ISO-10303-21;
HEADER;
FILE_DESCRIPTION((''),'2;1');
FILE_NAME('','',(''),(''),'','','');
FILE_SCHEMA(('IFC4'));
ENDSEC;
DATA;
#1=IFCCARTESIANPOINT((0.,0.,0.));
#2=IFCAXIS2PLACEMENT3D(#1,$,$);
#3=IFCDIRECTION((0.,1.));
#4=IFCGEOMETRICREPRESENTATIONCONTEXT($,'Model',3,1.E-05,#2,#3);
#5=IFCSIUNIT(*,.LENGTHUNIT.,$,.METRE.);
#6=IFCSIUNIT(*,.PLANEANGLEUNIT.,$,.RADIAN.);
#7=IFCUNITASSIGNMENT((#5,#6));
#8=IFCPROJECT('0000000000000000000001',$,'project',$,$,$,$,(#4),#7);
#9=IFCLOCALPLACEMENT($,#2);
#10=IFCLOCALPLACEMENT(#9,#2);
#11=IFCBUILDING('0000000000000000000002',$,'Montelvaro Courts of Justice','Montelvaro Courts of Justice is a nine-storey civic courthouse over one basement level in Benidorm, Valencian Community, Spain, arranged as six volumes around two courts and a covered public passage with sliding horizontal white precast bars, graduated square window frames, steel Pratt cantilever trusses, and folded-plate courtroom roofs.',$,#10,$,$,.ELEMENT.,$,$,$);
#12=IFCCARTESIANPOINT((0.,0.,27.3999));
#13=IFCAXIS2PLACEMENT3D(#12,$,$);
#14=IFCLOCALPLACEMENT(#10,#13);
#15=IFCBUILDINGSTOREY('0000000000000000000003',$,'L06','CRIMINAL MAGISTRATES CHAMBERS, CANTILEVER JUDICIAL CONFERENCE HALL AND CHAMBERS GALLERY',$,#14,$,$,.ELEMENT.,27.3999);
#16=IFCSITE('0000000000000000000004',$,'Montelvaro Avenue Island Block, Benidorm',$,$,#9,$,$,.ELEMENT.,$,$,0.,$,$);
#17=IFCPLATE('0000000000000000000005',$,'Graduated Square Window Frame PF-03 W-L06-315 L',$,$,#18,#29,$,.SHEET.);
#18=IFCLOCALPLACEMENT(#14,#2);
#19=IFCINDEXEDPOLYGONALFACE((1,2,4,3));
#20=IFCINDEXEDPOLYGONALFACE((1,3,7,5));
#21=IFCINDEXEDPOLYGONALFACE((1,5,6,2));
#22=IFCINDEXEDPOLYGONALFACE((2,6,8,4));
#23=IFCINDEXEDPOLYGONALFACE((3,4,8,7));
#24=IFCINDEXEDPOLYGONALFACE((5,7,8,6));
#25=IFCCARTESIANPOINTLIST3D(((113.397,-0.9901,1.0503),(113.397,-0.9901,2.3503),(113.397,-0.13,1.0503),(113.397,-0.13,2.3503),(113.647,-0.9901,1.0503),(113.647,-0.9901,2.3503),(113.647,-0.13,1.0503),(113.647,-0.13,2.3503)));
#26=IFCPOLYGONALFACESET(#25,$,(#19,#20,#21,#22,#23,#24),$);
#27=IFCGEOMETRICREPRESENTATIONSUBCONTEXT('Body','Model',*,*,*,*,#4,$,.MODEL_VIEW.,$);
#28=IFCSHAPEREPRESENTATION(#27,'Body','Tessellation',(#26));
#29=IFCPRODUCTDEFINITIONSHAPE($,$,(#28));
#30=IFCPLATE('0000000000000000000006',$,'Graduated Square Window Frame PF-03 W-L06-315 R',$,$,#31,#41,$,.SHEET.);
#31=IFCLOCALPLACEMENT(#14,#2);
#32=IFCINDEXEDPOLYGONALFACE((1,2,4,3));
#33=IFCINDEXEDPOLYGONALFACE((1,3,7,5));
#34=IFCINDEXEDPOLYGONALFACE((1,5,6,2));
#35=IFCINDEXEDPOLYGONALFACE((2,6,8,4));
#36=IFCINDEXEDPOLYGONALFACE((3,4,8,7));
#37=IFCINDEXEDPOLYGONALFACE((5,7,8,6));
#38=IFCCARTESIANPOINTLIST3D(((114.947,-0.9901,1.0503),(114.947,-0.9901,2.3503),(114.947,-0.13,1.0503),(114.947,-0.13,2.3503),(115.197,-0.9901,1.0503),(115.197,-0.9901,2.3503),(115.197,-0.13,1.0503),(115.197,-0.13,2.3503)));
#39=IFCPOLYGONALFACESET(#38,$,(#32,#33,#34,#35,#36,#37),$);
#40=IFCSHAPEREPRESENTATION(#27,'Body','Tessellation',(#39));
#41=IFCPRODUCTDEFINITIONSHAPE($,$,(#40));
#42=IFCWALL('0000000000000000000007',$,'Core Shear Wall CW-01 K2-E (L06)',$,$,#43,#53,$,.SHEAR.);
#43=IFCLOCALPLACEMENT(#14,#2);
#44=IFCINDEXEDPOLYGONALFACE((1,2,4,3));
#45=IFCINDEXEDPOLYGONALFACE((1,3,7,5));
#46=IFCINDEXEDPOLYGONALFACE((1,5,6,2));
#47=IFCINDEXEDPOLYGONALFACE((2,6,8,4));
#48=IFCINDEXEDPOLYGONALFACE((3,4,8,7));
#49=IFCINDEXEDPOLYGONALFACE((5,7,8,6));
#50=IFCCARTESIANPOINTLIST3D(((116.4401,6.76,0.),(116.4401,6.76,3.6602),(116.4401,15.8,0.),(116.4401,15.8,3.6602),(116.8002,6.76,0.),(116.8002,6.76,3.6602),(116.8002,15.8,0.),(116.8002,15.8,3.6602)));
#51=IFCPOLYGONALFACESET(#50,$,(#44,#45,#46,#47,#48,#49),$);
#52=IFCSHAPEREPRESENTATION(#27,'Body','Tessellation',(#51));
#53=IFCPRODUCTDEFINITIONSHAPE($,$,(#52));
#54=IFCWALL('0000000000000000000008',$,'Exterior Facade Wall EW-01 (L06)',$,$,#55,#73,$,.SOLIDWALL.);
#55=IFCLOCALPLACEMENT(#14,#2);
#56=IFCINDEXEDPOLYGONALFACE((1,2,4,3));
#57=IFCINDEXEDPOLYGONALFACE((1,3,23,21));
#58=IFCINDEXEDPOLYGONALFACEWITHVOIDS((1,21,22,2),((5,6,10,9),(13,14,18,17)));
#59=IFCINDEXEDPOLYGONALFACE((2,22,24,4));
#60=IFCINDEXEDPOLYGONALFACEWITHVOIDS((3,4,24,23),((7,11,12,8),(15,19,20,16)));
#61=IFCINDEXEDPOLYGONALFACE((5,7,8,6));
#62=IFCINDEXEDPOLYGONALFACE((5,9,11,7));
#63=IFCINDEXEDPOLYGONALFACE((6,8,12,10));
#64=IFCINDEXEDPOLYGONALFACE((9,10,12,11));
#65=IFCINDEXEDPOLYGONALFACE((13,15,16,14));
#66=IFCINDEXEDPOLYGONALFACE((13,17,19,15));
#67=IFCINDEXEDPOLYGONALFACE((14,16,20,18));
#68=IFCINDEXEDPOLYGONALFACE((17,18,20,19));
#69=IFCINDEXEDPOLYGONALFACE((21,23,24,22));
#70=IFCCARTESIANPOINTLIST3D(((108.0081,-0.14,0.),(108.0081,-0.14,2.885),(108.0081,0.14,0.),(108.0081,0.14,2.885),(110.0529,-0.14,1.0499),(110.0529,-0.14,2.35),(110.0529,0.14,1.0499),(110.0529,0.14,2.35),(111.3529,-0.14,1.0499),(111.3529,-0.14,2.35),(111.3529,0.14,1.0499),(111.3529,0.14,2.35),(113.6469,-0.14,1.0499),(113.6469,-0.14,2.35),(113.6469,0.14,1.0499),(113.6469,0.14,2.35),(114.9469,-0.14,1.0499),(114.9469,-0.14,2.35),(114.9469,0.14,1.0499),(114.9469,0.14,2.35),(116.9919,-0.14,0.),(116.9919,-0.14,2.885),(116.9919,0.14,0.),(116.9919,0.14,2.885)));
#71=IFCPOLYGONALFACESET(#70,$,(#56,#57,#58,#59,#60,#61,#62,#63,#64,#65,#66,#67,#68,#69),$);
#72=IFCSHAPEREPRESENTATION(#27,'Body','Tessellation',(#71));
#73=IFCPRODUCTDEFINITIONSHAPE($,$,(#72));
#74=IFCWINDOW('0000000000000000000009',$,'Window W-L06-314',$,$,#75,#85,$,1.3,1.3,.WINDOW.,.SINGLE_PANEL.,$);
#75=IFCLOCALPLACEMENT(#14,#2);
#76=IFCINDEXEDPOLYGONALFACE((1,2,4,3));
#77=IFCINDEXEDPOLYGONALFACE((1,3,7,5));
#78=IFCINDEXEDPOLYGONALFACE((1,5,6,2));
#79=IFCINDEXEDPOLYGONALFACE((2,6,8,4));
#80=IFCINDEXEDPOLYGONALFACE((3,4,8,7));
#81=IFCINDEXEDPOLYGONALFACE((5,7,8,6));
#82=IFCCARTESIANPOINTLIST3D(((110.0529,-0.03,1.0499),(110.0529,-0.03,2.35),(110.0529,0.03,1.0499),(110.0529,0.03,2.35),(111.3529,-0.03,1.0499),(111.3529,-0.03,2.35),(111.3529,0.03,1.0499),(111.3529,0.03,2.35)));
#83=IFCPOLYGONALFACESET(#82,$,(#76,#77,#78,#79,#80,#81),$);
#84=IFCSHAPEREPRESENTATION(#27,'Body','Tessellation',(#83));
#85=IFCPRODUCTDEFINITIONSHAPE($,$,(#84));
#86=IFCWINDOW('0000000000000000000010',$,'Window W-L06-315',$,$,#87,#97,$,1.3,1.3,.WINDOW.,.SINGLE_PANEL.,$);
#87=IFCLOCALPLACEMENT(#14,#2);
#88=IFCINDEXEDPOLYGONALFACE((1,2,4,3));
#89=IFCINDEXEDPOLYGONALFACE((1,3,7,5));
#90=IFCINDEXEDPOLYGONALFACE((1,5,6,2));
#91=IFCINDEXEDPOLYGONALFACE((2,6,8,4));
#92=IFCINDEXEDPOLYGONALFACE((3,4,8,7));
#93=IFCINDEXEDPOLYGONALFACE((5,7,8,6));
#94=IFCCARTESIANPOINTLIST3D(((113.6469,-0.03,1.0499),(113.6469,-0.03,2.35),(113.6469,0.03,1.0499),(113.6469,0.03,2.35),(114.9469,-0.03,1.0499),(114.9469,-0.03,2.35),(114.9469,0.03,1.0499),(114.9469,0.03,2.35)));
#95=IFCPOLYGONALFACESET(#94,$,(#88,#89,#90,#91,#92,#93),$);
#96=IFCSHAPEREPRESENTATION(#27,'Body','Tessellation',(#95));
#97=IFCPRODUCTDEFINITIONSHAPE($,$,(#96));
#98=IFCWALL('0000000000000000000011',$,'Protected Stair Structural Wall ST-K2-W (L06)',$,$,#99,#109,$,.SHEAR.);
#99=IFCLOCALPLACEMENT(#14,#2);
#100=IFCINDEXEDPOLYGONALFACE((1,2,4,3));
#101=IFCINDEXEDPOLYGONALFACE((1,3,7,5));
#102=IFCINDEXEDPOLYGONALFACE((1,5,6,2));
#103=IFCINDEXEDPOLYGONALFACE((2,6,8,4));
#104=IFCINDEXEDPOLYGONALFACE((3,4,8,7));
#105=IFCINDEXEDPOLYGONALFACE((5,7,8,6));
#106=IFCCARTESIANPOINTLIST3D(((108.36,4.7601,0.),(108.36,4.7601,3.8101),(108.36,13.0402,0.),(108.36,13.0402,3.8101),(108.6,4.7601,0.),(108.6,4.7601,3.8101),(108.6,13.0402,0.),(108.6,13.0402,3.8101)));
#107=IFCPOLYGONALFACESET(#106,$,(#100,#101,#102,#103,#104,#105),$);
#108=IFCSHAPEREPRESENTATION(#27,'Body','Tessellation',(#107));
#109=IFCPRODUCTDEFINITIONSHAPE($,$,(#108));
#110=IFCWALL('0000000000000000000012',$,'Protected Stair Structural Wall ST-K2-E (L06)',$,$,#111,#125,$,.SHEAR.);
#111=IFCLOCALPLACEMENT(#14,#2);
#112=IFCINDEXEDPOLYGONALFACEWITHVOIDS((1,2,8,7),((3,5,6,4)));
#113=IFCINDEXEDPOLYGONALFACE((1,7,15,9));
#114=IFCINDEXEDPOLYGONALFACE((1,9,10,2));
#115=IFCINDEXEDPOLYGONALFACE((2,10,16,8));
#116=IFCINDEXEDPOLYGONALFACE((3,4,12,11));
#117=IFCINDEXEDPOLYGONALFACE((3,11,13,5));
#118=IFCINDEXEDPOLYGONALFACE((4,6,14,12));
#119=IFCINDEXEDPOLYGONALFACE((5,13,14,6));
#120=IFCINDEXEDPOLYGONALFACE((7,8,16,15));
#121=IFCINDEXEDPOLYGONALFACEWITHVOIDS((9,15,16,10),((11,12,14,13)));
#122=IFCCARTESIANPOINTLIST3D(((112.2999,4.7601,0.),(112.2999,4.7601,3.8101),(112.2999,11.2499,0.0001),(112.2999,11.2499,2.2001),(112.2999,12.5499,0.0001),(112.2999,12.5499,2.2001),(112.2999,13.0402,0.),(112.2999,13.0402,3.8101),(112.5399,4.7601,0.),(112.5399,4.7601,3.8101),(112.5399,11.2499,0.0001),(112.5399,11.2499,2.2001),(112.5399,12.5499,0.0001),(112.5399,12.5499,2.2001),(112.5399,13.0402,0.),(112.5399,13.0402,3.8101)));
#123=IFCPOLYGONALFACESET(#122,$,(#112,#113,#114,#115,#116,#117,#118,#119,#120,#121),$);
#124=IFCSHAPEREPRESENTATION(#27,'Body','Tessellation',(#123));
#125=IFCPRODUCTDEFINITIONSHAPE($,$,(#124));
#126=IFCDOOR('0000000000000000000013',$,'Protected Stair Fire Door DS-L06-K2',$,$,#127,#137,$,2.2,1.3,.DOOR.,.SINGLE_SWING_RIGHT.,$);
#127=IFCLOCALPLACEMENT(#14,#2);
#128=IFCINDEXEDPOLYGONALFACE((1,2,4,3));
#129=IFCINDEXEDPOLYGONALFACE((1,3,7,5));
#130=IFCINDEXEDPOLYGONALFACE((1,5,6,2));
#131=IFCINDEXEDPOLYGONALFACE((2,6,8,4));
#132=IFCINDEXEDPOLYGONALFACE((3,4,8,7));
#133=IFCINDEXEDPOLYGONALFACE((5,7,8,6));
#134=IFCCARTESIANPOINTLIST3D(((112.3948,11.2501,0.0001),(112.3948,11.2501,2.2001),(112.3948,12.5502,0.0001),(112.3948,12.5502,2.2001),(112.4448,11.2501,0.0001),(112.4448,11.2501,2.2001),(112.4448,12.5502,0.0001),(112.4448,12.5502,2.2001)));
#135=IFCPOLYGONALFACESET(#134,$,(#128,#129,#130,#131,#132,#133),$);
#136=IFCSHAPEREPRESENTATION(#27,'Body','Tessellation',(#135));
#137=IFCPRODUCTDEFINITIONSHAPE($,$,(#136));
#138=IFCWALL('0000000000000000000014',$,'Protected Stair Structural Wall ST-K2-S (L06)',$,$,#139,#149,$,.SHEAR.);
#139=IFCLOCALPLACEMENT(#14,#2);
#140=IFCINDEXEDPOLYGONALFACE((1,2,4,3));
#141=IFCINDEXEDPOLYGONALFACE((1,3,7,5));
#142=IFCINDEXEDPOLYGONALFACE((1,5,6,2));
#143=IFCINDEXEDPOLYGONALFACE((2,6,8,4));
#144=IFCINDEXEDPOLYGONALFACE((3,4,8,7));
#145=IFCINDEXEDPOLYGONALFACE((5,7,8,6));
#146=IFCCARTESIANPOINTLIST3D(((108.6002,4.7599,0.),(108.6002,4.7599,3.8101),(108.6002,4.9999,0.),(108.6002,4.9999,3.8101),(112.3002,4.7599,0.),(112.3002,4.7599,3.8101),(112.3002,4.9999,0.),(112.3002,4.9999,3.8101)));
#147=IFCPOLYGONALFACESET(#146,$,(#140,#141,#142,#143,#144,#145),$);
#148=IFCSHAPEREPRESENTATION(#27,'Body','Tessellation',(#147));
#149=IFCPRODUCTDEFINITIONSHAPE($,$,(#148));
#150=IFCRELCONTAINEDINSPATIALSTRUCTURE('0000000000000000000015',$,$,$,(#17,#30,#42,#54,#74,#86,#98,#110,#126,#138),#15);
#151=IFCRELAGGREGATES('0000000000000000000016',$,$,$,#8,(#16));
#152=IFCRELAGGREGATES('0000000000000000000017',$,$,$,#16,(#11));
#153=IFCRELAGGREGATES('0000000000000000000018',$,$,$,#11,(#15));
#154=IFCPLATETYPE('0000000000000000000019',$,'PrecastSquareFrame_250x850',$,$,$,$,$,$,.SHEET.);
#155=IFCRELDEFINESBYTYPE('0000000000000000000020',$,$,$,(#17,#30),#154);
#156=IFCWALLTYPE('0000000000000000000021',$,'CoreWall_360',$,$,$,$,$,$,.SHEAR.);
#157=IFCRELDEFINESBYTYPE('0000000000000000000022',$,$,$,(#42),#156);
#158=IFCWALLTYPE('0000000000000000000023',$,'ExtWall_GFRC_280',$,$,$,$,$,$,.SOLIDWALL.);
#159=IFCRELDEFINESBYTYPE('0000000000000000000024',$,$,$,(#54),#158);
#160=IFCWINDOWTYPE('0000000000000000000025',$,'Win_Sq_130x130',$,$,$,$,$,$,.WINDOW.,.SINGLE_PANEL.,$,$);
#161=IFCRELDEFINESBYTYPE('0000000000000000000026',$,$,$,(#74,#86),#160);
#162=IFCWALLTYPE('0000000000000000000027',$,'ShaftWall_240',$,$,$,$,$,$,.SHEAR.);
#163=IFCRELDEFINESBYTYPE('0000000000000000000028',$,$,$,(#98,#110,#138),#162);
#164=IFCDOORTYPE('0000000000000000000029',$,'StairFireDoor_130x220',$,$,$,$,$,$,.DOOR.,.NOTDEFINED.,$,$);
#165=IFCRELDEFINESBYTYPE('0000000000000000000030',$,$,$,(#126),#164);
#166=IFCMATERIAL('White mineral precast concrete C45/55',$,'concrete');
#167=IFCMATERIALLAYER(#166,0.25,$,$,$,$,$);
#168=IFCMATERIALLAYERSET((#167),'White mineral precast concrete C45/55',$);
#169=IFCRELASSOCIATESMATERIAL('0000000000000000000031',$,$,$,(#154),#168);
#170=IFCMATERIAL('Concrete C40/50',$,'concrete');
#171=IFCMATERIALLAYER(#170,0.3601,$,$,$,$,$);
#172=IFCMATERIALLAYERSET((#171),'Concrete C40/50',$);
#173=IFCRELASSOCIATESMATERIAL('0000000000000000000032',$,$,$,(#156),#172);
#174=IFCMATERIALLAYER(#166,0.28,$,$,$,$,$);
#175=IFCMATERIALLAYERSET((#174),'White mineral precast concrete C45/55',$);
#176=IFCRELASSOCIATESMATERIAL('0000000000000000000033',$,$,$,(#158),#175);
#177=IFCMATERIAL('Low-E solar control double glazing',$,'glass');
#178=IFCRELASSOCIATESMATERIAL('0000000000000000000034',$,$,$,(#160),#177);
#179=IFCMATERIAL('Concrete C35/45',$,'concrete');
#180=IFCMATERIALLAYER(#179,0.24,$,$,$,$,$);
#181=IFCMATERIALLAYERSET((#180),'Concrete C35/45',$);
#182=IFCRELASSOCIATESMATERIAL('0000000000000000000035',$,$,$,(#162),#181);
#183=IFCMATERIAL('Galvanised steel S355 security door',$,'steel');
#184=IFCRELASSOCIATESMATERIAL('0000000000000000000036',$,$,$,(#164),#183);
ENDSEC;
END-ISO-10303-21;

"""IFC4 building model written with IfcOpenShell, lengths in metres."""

from ifc_helpers import new_model, si_unit, direction, frame, frame_2d, origin, origin_2d, place, context, subcontext, project, spatial, rectangle, extrude, material, layer, layer_set, type_object, element, fill, save


model = new_model("IFC4")

# Units and contexts
model_context = context("Model", 3, precision=1e-05, world=origin(), true_north=direction((0.0, 1.0)))
body_context = subcontext(model_context, "Body", "Model", "MODEL_VIEW")
ifc_project = project(units=[si_unit("LENGTHUNIT", "METRE"), si_unit("PLANEANGLEUNIT", "RADIAN")], contexts=[model_context])

# Site, building, storey
site_placement = place(None, origin())
site = spatial("IfcSite", under=ifc_project, at=site_placement, Name="Montelvaro Avenue Island Block, Benidorm", CompositionType="ELEMENT", RefElevation=0.0)
building_placement = place(site_placement, origin())
building = spatial("IfcBuilding", under=site, at=building_placement, Name="Montelvaro Courts of Justice", Description="Montelvaro Courts of Justice is a nine-storey civic courthouse over one basement level in Benidorm, Valencian Community, Spain, arranged as six volumes around two courts and a covered public passage with sliding horizontal white precast bars, graduated square window frames, steel Pratt cantilever trusses, and folded-plate courtroom roofs.", CompositionType="ELEMENT")
storey_placement = place(building_placement, frame((0.0, 0.0, 27.3999)))
storey = spatial("IfcBuildingStorey", under=building, at=storey_placement, Name="L06", Description="CRIMINAL MAGISTRATES CHAMBERS, CANTILEVER JUDICIAL CONFERENCE HALL AND CHAMBERS GALLERY", CompositionType="ELEMENT", Elevation=27.3999)

# Plates
ifc_material_1 = material(Name="White mineral precast concrete C45/55", Category="concrete")
ifc_layer_1 = layer(ifc_material_1, 0.25)
ifc_layer_set_1 = layer_set([ifc_layer_1], Name="White mineral precast concrete C45/55")
plate_type = type_object("IfcPlateType", Name="PrecastSquareFrame_250x850", PredefinedType="SHEET", material=ifc_layer_set_1)
for number, where, z_axis, x_axis, name in (
    (1, (113.522, -0.5601, 1.0503), (0.0, 0.0, 1.0), (1.0, 0.0, 0.0), "Graduated Square Window Frame PF-03 W-L06-315 L"),
    (2, (115.072, -0.5601, 1.0503), (0.0, 0.0, 1.0), (1.0, 0.0, 0.0), "Graduated Square Window Frame PF-03 W-L06-315 R"),
):
    element("IfcPlate", number, at=place(storey_placement, frame(where, z_axis=z_axis, x_axis=x_axis)), inside=storey, type_object=plate_type, Name=name, PredefinedType="SHEET", context=body_context, shape_type="SweptSolid", body=[
        extrude(rectangle(XDim=0.25, YDim=0.8601, at=origin_2d()), origin(), (0.0, 0.0, 1.0), 1.3),
    ])

# Wall
ifc_material_2 = material(Name="Concrete C40/50", Category="concrete")
ifc_layer_2 = layer(ifc_material_2, 0.3601)
ifc_layer_set_2 = layer_set([ifc_layer_2], Name="Concrete C40/50")
wall_type_1 = type_object("IfcWallType", Name="CoreWall_360", PredefinedType="SHEAR", material=ifc_layer_set_2)
wall_1_placement = place(storey_placement, frame((116.6201, 6.76, 0.0), z_axis=(0.0, 0.0, 1.0), x_axis=(0.0, 1.0, 0.0)))
element("IfcWall", 3, at=wall_1_placement, inside=storey, type_object=wall_type_1, Name="Core Shear Wall CW-01 K2-E (L06)", PredefinedType="SHEAR", context=body_context, shape_type="SweptSolid", body=[
    extrude(rectangle(XDim=9.04, YDim=0.3601, at=frame_2d((4.52, 0.0))), origin(), (0.0, 0.0, 1.0), 3.6602),
])

# Wall, openings, windows
ifc_layer_3 = layer(ifc_material_1, 0.28)
ifc_layer_set_3 = layer_set([ifc_layer_3], Name="White mineral precast concrete C45/55")
wall_type_2 = type_object("IfcWallType", Name="ExtWall_GFRC_280", PredefinedType="SOLIDWALL", material=ifc_layer_set_3)
wall_2_placement = place(storey_placement, frame((108.0081, 0.0, 0.0), z_axis=(0.0, 0.0, 1.0), x_axis=(1.0, 0.0, 0.0)))
wall_2 = element("IfcWall", 4, at=wall_2_placement, inside=storey, type_object=wall_type_2, Name="Exterior Facade Wall EW-01 (L06)", PredefinedType="SOLIDWALL", context=body_context, shape_type="SweptSolid", body=[
    extrude(rectangle(XDim=8.9839, YDim=0.28, at=frame_2d((4.4919, 0.0))), origin(), (0.0, 0.0, 1.0), 2.885),
])
opening_1_placement = place(wall_2_placement, frame((2.0449, 0.0, 1.05)))
opening_1 = element("IfcOpeningElement", 5, at=opening_1_placement, cuts=wall_2, PredefinedType="OPENING", context=body_context, shape_type="SweptSolid", body=[
    extrude(rectangle(XDim=1.3, YDim=1.3, at=frame_2d((0.6499, 0.6499))), frame((0.0, 0.1548, 0.0), z_axis=(0.0, -1.0, 0.0), x_axis=(1.0, 0.0, 0.0)), (0.0, 0.0, 1.0), 0.3098),
])
opening_2_placement = place(wall_2_placement, frame((5.6389, 0.0, 1.05)))
opening_2 = element("IfcOpeningElement", 6, at=opening_2_placement, cuts=wall_2, PredefinedType="OPENING", context=body_context, shape_type="SweptSolid", body=[
    extrude(rectangle(XDim=1.3, YDim=1.3, at=frame_2d((0.6499, 0.6499))), frame((0.0, 0.1548, 0.0), z_axis=(0.0, -1.0, 0.0), x_axis=(1.0, 0.0, 0.0)), (0.0, 0.0, 1.0), 0.3098),
])
ifc_material_3 = material(Name="Low-E solar control double glazing", Category="glass")
window_type = type_object("IfcWindowType", Name="Win_Sq_130x130", PartitioningType="SINGLE_PANEL", PredefinedType="WINDOW", material=ifc_material_3)
window_1_placement = place(opening_1_placement, origin())
window_1 = element("IfcWindow", 7, at=window_1_placement, inside=storey, type_object=window_type, Name="Window W-L06-314", OverallHeight=1.3, OverallWidth=1.3, PartitioningType="SINGLE_PANEL", PredefinedType="WINDOW", context=body_context, shape_type="SweptSolid", body=[
    extrude(rectangle(XDim=1.3, YDim=1.3, at=frame_2d((0.6499, 0.6499))), frame((0.0, 0.03, 0.0), z_axis=(0.0, -1.0, 0.0), x_axis=(1.0, 0.0, 0.0)), (0.0, 0.0, 1.0), 0.0601),
])
fill(opening_1, window_1)
window_2_placement = place(opening_2_placement, origin())
window_2 = element("IfcWindow", 8, at=window_2_placement, inside=storey, type_object=window_type, Name="Window W-L06-315", OverallHeight=1.3, OverallWidth=1.3, PartitioningType="SINGLE_PANEL", PredefinedType="WINDOW", context=body_context, shape_type="SweptSolid", body=[
    extrude(rectangle(XDim=1.3, YDim=1.3, at=frame_2d((0.6499, 0.6499))), frame((0.0, 0.03, 0.0), z_axis=(0.0, -1.0, 0.0), x_axis=(1.0, 0.0, 0.0)), (0.0, 0.0, 1.0), 0.0601),
])
fill(opening_2, window_2)

# Wall
ifc_material_4 = material(Name="Concrete C35/45", Category="concrete")
ifc_layer_4 = layer(ifc_material_4, 0.24)
ifc_layer_set_4 = layer_set([ifc_layer_4], Name="Concrete C35/45")
wall_type_3 = type_object("IfcWallType", Name="ShaftWall_240", PredefinedType="SHEAR", material=ifc_layer_set_4)
wall_3_placement = place(storey_placement, frame((108.48, 4.76, 0.0), z_axis=(0.0, 0.0, 1.0), x_axis=(0.0, 1.0, 0.0)))
element("IfcWall", 9, at=wall_3_placement, inside=storey, type_object=wall_type_3, Name="Protected Stair Structural Wall ST-K2-W (L06)", PredefinedType="SHEAR", context=body_context, shape_type="SweptSolid", body=[
    extrude(rectangle(XDim=8.28, YDim=0.24, at=frame_2d((4.1401, 0.0))), origin(), (0.0, 0.0, 1.0), 3.8101),
])

# Wall, opening, door
wall_4_placement = place(storey_placement, frame((112.4199, 4.76, 0.0), z_axis=(0.0, 0.0, 1.0), x_axis=(0.0, 1.0, 0.0)))
wall_4 = element("IfcWall", 10, at=wall_4_placement, inside=storey, type_object=wall_type_3, Name="Protected Stair Structural Wall ST-K2-E (L06)", PredefinedType="SHEAR", context=body_context, shape_type="SweptSolid", body=[
    extrude(rectangle(XDim=8.28, YDim=0.24, at=frame_2d((4.1401, 0.0))), origin(), (0.0, 0.0, 1.0), 3.8101),
])
opening_3_placement = place(wall_4_placement, frame((6.49, 0.0, 0.0)))
opening_3 = element("IfcOpeningElement", 11, at=opening_3_placement, cuts=wall_4, PredefinedType="OPENING", context=body_context, shape_type="SweptSolid", body=[
    extrude(rectangle(XDim=1.3, YDim=2.2, at=frame_2d((0.6499, 1.1001))), frame((0.0, 0.1348, 0.0), z_axis=(0.0, -1.0, 0.0), x_axis=(1.0, 0.0, 0.0)), (0.0, 0.0, 1.0), 0.2698),
])
ifc_material_5 = material(Name="Galvanised steel S355 security door", Category="steel")
door_type_1 = type_object("IfcDoorType", Name="StairFireDoor_130x220", OperationType="NOTDEFINED", PredefinedType="DOOR", material=ifc_material_5)
door_1_placement = place(opening_3_placement, frame((1.3, 0.0, 0.0), z_axis=(0.0, 0.0, 1.0), x_axis=(-1.0, 0.0, 0.0)))
door_1 = element("IfcDoor", 12, at=door_1_placement, inside=storey, type_object=door_type_1, Name="Protected Stair Fire Door DS-L06-K2", OperationType="SINGLE_SWING_RIGHT", OverallHeight=2.2, OverallWidth=1.3, PredefinedType="DOOR", context=body_context, shape_type="SweptSolid", body=[
    extrude(rectangle(XDim=1.3, YDim=2.2, at=frame_2d((0.6499, 1.1001))), frame((0.0, 0.0249, 0.0), z_axis=(0.0, -1.0, 0.0), x_axis=(1.0, 0.0, 0.0)), (0.0, 0.0, 1.0), 0.05),
])
fill(opening_3, door_1)

# Wall
wall_5_placement = place(storey_placement, frame((108.6001, 4.8799, 0.0), z_axis=(0.0, 0.0, 1.0), x_axis=(1.0, 0.0, 0.0)))
element("IfcWall", 13, at=wall_5_placement, inside=storey, type_object=wall_type_3, Name="Protected Stair Structural Wall ST-K2-S (L06)", PredefinedType="SHEAR", context=body_context, shape_type="SweptSolid", body=[
    extrude(rectangle(XDim=3.7, YDim=0.24, at=frame_2d((1.8501, 0.0))), origin(), (0.0, 0.0, 1.0), 3.8101),
])

save(model, "model.ifc")
